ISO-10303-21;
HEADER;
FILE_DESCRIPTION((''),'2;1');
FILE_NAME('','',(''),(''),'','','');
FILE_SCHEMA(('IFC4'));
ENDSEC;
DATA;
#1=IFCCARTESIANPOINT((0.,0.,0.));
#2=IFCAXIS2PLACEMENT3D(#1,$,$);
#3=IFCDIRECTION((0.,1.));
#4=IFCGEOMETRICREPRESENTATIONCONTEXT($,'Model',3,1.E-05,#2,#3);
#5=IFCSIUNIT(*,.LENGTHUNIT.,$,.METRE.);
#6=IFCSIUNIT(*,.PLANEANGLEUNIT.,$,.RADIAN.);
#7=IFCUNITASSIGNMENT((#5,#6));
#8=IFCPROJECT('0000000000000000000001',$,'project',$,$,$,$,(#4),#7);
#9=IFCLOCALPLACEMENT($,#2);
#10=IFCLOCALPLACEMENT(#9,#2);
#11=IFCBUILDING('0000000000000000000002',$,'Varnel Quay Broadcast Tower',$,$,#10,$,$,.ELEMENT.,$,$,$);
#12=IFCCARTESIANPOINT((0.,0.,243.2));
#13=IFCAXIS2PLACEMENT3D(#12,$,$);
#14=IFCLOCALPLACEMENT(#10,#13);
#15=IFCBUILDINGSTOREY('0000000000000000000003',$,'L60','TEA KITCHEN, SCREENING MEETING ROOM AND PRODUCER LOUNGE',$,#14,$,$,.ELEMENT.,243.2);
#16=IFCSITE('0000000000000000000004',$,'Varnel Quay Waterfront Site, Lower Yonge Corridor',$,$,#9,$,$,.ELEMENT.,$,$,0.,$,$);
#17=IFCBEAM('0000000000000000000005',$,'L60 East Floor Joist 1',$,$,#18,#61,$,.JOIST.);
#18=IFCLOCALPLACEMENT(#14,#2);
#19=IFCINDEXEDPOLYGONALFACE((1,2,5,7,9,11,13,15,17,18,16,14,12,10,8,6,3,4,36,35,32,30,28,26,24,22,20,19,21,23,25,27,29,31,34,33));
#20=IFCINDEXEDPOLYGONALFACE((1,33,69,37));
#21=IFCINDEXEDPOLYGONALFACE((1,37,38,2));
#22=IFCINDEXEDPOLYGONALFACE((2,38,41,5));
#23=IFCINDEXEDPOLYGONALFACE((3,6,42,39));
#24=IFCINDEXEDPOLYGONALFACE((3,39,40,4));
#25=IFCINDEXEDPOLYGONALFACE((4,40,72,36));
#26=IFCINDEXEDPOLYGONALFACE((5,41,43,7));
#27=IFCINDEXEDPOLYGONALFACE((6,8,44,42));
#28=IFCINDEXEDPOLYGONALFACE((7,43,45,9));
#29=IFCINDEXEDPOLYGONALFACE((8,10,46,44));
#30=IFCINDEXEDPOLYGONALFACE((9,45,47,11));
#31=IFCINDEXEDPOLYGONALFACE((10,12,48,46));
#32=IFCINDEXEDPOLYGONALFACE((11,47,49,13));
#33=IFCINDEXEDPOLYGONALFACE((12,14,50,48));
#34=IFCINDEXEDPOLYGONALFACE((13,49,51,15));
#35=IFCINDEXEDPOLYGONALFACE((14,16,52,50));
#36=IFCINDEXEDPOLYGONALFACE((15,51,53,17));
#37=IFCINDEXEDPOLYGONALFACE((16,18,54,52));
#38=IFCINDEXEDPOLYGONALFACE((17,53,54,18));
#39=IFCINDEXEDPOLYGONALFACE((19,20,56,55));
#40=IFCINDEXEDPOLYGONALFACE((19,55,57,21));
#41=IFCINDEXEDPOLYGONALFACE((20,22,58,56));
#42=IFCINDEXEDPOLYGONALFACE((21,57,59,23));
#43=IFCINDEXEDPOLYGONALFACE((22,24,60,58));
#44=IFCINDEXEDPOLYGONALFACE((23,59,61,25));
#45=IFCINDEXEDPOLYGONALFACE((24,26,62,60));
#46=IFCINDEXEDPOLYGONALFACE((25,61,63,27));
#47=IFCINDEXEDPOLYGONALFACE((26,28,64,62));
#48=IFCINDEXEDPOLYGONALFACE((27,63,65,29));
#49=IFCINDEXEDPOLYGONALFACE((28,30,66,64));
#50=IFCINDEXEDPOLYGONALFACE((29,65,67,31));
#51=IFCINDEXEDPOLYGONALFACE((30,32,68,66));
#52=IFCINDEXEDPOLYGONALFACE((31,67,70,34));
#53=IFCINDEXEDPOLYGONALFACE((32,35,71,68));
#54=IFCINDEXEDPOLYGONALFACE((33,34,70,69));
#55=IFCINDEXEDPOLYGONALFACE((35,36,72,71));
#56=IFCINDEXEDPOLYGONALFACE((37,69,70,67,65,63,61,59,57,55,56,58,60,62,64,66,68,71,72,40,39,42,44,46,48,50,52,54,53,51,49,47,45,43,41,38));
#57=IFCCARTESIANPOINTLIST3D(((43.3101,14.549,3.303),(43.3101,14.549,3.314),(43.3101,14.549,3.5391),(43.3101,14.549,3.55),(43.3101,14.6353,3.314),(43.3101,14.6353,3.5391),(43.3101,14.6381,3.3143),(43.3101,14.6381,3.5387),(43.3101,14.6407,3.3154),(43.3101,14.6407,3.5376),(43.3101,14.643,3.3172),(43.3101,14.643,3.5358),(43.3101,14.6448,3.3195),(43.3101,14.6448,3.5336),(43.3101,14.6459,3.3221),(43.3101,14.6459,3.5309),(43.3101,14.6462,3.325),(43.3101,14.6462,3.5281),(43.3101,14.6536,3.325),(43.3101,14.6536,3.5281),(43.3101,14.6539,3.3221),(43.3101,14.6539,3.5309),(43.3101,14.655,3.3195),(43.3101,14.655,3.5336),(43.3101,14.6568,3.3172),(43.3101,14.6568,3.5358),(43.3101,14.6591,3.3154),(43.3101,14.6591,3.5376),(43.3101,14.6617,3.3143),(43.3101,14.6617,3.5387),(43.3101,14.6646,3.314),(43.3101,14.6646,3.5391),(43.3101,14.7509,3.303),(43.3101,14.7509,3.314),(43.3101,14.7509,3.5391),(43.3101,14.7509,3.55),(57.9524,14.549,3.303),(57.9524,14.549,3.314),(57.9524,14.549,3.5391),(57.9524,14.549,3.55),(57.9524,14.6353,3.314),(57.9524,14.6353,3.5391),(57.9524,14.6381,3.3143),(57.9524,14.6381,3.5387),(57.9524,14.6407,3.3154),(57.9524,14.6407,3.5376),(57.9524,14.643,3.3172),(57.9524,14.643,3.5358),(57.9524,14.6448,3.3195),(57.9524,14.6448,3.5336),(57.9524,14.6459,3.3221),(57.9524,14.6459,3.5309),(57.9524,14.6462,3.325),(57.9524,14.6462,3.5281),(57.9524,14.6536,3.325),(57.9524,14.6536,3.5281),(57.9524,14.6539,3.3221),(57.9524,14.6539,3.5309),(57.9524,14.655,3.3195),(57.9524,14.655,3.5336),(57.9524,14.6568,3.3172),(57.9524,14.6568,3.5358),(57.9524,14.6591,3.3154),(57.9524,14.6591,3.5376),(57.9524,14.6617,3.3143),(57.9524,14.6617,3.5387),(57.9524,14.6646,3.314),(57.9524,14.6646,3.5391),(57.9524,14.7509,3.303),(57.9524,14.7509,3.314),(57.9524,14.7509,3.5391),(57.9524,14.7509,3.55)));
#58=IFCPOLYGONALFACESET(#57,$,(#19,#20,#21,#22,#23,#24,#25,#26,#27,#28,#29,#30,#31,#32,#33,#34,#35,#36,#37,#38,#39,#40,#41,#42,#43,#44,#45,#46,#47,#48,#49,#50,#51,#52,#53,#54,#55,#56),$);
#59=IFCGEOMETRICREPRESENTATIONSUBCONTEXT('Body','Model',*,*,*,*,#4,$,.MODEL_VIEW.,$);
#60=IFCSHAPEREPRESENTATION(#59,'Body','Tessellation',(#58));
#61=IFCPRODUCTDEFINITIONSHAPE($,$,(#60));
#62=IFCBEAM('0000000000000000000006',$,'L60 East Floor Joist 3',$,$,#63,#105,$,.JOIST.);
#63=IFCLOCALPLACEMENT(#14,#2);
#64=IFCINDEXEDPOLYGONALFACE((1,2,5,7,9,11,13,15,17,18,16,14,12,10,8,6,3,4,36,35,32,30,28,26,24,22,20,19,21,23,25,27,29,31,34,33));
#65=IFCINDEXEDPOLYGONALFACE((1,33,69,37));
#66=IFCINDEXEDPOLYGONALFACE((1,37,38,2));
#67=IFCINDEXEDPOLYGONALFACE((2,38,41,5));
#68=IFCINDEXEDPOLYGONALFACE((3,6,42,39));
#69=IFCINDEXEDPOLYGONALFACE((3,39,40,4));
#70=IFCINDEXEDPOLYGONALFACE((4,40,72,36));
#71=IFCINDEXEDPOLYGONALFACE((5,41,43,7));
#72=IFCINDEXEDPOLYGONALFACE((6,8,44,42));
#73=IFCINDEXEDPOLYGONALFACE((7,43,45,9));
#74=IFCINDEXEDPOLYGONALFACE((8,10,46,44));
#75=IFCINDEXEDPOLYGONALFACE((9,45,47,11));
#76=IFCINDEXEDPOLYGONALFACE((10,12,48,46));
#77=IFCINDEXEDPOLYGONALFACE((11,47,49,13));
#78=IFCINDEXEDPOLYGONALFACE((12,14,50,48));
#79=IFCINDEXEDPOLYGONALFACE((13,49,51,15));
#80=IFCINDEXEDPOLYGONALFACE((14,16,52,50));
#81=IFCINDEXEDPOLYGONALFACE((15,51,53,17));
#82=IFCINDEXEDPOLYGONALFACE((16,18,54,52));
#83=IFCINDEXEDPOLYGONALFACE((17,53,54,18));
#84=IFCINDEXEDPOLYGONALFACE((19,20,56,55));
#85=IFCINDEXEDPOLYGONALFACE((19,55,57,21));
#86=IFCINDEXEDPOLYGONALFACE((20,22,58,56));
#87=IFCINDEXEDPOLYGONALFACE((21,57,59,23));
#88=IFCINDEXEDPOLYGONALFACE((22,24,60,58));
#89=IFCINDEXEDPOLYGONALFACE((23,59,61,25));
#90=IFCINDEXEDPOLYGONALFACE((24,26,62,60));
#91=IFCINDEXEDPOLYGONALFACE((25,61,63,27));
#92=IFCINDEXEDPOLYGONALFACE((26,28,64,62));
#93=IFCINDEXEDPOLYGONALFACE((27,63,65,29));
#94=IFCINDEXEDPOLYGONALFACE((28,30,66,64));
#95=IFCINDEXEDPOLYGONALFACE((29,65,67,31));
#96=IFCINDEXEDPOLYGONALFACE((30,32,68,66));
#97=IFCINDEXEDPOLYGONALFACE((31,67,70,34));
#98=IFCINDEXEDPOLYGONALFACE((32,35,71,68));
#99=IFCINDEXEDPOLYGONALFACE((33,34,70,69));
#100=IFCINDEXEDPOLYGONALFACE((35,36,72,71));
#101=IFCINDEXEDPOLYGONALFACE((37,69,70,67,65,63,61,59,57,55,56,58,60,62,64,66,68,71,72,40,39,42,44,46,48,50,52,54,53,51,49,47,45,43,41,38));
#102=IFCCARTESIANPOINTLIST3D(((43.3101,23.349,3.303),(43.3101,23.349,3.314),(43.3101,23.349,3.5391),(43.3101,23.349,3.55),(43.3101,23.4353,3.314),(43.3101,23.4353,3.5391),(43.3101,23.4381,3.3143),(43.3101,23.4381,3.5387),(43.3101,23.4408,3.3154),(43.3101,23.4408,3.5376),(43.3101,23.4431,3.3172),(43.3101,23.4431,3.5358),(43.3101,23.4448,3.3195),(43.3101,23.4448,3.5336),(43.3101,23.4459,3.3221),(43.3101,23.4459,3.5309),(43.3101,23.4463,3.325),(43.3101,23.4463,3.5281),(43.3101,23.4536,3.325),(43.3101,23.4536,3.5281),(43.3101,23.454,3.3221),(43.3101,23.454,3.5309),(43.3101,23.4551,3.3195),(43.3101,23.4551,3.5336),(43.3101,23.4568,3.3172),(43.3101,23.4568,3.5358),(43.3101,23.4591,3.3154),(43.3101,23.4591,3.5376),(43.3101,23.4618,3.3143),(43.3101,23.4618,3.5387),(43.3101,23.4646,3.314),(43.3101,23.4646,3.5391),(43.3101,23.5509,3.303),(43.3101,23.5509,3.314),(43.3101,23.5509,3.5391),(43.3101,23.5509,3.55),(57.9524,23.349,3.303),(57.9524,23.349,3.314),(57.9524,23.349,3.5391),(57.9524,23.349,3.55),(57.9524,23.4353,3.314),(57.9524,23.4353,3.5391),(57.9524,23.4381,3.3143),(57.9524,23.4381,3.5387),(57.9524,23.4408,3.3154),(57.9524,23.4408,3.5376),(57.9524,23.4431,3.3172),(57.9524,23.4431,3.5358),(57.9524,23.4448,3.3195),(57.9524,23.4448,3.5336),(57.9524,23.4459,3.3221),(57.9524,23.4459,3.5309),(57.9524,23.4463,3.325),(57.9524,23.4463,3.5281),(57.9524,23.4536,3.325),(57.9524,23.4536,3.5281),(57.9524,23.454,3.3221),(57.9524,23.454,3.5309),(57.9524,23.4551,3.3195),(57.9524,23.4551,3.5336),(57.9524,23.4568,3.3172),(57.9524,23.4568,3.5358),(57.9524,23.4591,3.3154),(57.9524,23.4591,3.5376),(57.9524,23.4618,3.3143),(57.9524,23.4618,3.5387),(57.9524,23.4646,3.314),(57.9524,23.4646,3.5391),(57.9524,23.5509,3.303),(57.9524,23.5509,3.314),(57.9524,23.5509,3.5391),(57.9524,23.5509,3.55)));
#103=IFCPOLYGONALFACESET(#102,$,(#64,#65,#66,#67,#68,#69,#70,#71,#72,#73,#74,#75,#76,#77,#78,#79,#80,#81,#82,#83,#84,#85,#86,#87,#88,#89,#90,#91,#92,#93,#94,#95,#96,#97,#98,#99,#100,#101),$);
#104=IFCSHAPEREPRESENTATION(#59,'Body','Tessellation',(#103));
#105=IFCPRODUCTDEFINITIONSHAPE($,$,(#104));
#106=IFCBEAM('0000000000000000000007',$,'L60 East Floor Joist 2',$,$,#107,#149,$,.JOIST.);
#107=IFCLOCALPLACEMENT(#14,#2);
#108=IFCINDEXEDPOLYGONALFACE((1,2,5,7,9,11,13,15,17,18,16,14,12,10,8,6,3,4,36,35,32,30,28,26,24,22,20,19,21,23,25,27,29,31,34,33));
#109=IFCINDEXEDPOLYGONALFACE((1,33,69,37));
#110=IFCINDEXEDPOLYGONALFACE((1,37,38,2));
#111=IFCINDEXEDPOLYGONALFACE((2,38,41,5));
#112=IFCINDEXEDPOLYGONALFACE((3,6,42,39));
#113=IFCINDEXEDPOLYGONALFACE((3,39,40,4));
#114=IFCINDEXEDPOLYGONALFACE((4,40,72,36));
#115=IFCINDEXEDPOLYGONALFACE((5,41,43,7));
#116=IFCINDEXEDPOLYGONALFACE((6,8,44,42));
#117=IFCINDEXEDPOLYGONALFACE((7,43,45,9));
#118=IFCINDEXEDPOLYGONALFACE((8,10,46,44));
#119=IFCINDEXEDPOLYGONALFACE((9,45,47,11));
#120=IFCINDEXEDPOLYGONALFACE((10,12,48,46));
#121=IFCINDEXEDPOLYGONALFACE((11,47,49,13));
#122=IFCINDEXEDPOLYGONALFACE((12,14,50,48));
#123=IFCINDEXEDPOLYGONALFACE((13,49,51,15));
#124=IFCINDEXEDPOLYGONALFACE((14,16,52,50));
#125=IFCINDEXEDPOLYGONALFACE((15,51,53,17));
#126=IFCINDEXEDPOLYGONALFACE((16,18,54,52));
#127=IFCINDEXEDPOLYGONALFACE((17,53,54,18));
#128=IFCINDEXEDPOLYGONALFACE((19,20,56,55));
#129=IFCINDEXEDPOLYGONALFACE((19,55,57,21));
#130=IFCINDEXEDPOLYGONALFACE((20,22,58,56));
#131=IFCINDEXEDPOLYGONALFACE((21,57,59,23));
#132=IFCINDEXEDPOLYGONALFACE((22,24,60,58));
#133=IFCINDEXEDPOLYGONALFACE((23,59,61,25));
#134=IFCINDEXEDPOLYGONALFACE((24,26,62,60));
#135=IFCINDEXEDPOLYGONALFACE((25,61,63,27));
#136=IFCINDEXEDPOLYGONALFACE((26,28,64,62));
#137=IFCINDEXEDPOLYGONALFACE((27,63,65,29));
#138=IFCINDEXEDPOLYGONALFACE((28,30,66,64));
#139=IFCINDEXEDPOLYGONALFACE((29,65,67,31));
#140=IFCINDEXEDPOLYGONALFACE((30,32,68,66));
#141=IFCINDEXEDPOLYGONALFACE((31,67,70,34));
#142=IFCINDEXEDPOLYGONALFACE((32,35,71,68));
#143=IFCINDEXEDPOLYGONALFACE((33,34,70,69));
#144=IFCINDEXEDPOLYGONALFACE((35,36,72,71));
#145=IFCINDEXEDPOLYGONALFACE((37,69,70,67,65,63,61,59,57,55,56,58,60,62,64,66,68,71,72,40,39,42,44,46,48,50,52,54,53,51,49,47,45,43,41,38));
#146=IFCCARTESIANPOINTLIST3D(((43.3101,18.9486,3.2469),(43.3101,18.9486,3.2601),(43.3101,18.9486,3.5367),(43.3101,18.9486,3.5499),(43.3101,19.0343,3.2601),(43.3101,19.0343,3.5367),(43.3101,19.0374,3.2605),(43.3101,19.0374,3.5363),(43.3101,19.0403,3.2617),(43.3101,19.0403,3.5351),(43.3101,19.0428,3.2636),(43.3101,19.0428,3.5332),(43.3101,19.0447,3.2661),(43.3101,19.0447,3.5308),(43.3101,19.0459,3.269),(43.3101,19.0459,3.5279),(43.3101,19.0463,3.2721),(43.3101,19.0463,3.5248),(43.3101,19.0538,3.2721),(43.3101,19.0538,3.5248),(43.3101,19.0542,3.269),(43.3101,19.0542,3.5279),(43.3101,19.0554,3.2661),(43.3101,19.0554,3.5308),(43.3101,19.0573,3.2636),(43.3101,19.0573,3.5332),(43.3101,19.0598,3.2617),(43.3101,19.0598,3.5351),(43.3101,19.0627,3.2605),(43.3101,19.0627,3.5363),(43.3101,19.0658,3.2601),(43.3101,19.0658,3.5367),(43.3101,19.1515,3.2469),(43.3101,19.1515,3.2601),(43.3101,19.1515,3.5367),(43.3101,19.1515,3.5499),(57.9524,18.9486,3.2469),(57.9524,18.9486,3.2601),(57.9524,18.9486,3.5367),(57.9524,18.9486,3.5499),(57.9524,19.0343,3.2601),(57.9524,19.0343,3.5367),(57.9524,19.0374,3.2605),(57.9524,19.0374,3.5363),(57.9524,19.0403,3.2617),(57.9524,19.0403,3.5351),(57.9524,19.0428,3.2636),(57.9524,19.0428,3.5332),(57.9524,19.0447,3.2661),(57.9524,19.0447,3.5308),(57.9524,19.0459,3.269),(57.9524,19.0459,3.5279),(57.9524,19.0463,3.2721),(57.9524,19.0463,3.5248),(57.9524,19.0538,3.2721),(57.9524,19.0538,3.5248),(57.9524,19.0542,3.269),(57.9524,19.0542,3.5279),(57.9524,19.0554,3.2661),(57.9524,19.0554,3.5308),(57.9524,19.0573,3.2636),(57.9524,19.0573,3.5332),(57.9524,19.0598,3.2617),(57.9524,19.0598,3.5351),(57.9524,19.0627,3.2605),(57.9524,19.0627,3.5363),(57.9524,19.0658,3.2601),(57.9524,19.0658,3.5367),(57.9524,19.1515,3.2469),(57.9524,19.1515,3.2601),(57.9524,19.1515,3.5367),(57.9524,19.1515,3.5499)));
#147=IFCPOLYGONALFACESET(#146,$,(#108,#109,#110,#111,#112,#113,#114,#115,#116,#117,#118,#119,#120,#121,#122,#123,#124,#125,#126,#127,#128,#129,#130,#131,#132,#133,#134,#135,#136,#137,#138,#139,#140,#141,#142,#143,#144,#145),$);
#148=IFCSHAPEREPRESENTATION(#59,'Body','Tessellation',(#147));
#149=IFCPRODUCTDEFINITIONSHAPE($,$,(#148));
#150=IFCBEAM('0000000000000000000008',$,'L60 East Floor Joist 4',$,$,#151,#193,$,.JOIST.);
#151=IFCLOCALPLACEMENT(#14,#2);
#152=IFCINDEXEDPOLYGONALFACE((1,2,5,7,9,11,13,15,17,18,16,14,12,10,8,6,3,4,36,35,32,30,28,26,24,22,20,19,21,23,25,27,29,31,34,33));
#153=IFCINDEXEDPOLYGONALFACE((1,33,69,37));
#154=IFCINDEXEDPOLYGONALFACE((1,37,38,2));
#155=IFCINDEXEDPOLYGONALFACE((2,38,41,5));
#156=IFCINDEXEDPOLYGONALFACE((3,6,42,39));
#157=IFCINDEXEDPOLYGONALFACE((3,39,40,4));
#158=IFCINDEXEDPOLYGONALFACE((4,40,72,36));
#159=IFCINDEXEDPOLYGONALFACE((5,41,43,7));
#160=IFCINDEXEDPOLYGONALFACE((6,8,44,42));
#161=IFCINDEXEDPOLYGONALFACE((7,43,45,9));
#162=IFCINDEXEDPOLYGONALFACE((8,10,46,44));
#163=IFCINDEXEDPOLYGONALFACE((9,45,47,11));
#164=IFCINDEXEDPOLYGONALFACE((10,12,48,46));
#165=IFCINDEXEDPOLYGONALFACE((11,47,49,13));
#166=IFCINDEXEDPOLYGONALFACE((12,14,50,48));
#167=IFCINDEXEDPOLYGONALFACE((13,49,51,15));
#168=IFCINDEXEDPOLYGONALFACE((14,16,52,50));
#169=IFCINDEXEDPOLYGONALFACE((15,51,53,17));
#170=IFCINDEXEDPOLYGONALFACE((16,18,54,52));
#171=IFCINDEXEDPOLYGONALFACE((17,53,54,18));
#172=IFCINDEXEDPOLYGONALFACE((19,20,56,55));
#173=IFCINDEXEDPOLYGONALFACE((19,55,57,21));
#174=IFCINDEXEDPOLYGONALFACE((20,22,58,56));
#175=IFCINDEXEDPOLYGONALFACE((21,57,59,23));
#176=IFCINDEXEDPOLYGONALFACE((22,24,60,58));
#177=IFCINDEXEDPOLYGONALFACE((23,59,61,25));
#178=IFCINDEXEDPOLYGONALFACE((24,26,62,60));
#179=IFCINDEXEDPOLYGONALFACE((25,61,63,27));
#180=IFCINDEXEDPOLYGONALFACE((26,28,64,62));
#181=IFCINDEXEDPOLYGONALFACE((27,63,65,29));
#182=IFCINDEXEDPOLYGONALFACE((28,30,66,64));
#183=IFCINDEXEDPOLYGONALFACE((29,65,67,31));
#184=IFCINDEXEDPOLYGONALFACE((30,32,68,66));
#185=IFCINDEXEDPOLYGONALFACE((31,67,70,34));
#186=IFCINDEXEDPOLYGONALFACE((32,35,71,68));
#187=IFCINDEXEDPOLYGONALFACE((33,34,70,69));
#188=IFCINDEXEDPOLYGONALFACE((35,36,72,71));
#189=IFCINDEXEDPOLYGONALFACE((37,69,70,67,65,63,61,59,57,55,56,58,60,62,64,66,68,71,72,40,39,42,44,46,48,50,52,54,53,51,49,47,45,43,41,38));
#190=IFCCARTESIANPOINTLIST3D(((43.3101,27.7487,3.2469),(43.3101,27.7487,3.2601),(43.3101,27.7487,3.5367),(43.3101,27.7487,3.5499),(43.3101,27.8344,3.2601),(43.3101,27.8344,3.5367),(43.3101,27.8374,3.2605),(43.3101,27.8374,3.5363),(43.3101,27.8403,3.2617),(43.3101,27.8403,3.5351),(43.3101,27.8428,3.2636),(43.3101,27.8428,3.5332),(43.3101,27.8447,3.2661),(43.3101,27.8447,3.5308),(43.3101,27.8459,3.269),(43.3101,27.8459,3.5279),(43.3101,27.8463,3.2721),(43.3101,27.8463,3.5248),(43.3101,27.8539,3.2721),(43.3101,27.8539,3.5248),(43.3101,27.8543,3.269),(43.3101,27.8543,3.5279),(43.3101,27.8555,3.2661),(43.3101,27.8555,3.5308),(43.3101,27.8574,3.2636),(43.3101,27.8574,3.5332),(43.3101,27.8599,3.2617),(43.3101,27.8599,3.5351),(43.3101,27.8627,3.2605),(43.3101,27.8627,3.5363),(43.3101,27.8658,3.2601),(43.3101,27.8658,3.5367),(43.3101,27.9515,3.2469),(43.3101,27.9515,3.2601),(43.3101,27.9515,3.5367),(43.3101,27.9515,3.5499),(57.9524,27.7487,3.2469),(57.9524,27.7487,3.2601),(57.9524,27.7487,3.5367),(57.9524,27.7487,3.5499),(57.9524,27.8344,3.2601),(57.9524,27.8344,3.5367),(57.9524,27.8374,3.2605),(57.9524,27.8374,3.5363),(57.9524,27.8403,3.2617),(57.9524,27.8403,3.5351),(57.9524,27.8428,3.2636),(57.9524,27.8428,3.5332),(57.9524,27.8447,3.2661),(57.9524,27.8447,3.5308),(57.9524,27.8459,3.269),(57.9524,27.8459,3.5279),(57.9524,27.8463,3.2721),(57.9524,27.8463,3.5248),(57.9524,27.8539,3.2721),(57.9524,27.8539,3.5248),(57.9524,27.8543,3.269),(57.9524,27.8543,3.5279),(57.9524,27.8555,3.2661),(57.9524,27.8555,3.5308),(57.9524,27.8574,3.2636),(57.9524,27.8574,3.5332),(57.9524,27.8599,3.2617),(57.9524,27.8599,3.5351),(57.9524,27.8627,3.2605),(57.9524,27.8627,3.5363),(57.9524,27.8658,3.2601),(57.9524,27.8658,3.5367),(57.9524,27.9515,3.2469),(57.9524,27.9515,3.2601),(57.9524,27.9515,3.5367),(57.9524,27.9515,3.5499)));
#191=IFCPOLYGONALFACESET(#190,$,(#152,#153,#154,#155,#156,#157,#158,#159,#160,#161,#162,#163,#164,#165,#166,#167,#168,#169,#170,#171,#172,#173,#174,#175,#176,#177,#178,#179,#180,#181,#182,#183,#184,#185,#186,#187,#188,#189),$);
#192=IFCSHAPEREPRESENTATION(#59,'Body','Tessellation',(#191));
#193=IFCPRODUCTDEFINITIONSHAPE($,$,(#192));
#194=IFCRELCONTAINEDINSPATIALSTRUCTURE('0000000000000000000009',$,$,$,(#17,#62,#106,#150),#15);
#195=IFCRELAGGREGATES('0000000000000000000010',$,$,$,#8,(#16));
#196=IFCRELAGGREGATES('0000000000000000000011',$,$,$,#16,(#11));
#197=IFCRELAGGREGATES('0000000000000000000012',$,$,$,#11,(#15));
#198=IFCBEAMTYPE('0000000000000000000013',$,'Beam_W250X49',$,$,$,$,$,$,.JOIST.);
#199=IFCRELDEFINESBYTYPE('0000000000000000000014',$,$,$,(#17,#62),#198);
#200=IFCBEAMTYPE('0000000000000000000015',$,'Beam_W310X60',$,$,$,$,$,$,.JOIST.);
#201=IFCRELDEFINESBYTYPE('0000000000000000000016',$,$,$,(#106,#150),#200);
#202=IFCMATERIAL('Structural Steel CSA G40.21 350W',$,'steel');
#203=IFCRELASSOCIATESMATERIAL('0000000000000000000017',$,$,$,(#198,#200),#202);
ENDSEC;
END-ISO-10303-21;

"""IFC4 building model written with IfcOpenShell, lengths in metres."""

from ifc_helpers import new_model, si_unit, direction, frame, origin, origin_2d, place, context, subcontext, project, spatial, i_section, extrude, source, transform, mapped, material, material_profile, profile_set, type_object, type_shapes, element, save


model = new_model("IFC4")

# Units and contexts
model_context = context("Model", 3, precision=1e-05, world=origin(), true_north=direction((0.0, 1.0)))
body_context = subcontext(model_context, "Body", "Model", "MODEL_VIEW")
ifc_project = project(units=[si_unit("LENGTHUNIT", "METRE"), si_unit("PLANEANGLEUNIT", "RADIAN")], contexts=[model_context])

# Site, building, storey
site_placement = place(None, origin())
site = spatial("IfcSite", under=ifc_project, at=site_placement, Name="Varnel Quay Waterfront Site, Lower Yonge Corridor", CompositionType="ELEMENT", RefElevation=0.0)
building_placement = place(site_placement, origin())
building = spatial("IfcBuilding", under=site, at=building_placement, Name="Varnel Quay Broadcast Tower", CompositionType="ELEMENT")
storey_placement = place(building_placement, frame((0.0, 0.0, 243.2)))
storey = spatial("IfcBuildingStorey", under=building, at=storey_placement, Name="L60", Description="TEA KITCHEN, SCREENING MEETING ROOM AND PRODUCER LOUNGE", CompositionType="ELEMENT", Elevation=243.2)

# Shared definitions
ifc_material_1 = material(Name="Structural Steel CSA G40.21 350W", Category="steel")

# Beams
ifc_material_profile_1 = material_profile(ifc_material_1, i_section(OverallWidth=0.2019, OverallDepth=0.2471, WebThickness=0.0073, FlangeThickness=0.011, FilletRadius=0.011, at=origin_2d()), Name="W250X49")
ifc_profile_set_1 = profile_set([ifc_material_profile_1], Name="Structural Steel CSA G40.21 350W")
beam_type_1 = type_object("IfcBeamType", Name="Beam_W250X49", PredefinedType="JOIST", material=ifc_profile_set_1)
shared_shape_1 = source(origin(), body_context, "Body", "SweptSolid", [
    extrude(i_section(OverallWidth=0.2019, OverallDepth=0.2471, WebThickness=0.0073, FlangeThickness=0.011, FilletRadius=0.011, at=origin_2d()), origin(), (0.0, 0.0, 1.0), 14.6423),
])
type_shapes(beam_type_1, [shared_shape_1])
for number, where, z_axis, x_axis, name in (
    (1, (43.3101, 14.6499, 3.4265), (1.0, 0.0, 0.0), (0.0, 1.0, 0.0), "L60 East Floor Joist 1"),
    (2, (43.3101, 23.45, 3.4265), (1.0, 0.0, 0.0), (0.0, 1.0, 0.0), "L60 East Floor Joist 3"),
):
    element("IfcBeam", number, at=place(storey_placement, frame(where, z_axis=z_axis, x_axis=x_axis)), inside=storey, type_object=beam_type_1, Name=name, PredefinedType="JOIST", context=body_context, shape_type="MappedRepresentation", body=[
        mapped(shared_shape_1, transform((0.0, 0.0, 0.0), x_axis=(1.0, 0.0, 0.0), y_axis=(0.0, 1.0, 0.0), z_axis=(0.0, 0.0, 1.0), scale=1.0)),
    ])
ifc_material_profile_2 = material_profile(ifc_material_1, i_section(OverallWidth=0.2029, OverallDepth=0.303, WebThickness=0.0076, FlangeThickness=0.0132, FilletRadius=0.012, at=origin_2d()), Name="W310X60")
ifc_profile_set_2 = profile_set([ifc_material_profile_2], Name="Structural Steel CSA G40.21 350W")
beam_type_2 = type_object("IfcBeamType", Name="Beam_W310X60", PredefinedType="JOIST", material=ifc_profile_set_2)
shared_shape_2 = source(origin(), body_context, "Body", "SweptSolid", [
    extrude(i_section(OverallWidth=0.2029, OverallDepth=0.303, WebThickness=0.0076, FlangeThickness=0.0132, FilletRadius=0.012, at=origin_2d()), origin(), (0.0, 0.0, 1.0), 14.6423),
])
type_shapes(beam_type_2, [shared_shape_2])
for number, where, z_axis, x_axis, name in (
    (3, (43.3101, 19.05, 3.3984), (1.0, 0.0, 0.0), (0.0, 1.0, 0.0), "L60 East Floor Joist 2"),
    (4, (43.3101, 27.8501, 3.3984), (1.0, 0.0, 0.0), (0.0, 1.0, 0.0), "L60 East Floor Joist 4"),
):
    element("IfcBeam", number, at=place(storey_placement, frame(where, z_axis=z_axis, x_axis=x_axis)), inside=storey, type_object=beam_type_2, Name=name, PredefinedType="JOIST", context=body_context, shape_type="MappedRepresentation", body=[
        mapped(shared_shape_2, transform((0.0, 0.0, 0.0), x_axis=(1.0, 0.0, 0.0), y_axis=(0.0, 1.0, 0.0), z_axis=(0.0, 0.0, 1.0), scale=1.0)),
    ])

save(model, "model.ifc")
